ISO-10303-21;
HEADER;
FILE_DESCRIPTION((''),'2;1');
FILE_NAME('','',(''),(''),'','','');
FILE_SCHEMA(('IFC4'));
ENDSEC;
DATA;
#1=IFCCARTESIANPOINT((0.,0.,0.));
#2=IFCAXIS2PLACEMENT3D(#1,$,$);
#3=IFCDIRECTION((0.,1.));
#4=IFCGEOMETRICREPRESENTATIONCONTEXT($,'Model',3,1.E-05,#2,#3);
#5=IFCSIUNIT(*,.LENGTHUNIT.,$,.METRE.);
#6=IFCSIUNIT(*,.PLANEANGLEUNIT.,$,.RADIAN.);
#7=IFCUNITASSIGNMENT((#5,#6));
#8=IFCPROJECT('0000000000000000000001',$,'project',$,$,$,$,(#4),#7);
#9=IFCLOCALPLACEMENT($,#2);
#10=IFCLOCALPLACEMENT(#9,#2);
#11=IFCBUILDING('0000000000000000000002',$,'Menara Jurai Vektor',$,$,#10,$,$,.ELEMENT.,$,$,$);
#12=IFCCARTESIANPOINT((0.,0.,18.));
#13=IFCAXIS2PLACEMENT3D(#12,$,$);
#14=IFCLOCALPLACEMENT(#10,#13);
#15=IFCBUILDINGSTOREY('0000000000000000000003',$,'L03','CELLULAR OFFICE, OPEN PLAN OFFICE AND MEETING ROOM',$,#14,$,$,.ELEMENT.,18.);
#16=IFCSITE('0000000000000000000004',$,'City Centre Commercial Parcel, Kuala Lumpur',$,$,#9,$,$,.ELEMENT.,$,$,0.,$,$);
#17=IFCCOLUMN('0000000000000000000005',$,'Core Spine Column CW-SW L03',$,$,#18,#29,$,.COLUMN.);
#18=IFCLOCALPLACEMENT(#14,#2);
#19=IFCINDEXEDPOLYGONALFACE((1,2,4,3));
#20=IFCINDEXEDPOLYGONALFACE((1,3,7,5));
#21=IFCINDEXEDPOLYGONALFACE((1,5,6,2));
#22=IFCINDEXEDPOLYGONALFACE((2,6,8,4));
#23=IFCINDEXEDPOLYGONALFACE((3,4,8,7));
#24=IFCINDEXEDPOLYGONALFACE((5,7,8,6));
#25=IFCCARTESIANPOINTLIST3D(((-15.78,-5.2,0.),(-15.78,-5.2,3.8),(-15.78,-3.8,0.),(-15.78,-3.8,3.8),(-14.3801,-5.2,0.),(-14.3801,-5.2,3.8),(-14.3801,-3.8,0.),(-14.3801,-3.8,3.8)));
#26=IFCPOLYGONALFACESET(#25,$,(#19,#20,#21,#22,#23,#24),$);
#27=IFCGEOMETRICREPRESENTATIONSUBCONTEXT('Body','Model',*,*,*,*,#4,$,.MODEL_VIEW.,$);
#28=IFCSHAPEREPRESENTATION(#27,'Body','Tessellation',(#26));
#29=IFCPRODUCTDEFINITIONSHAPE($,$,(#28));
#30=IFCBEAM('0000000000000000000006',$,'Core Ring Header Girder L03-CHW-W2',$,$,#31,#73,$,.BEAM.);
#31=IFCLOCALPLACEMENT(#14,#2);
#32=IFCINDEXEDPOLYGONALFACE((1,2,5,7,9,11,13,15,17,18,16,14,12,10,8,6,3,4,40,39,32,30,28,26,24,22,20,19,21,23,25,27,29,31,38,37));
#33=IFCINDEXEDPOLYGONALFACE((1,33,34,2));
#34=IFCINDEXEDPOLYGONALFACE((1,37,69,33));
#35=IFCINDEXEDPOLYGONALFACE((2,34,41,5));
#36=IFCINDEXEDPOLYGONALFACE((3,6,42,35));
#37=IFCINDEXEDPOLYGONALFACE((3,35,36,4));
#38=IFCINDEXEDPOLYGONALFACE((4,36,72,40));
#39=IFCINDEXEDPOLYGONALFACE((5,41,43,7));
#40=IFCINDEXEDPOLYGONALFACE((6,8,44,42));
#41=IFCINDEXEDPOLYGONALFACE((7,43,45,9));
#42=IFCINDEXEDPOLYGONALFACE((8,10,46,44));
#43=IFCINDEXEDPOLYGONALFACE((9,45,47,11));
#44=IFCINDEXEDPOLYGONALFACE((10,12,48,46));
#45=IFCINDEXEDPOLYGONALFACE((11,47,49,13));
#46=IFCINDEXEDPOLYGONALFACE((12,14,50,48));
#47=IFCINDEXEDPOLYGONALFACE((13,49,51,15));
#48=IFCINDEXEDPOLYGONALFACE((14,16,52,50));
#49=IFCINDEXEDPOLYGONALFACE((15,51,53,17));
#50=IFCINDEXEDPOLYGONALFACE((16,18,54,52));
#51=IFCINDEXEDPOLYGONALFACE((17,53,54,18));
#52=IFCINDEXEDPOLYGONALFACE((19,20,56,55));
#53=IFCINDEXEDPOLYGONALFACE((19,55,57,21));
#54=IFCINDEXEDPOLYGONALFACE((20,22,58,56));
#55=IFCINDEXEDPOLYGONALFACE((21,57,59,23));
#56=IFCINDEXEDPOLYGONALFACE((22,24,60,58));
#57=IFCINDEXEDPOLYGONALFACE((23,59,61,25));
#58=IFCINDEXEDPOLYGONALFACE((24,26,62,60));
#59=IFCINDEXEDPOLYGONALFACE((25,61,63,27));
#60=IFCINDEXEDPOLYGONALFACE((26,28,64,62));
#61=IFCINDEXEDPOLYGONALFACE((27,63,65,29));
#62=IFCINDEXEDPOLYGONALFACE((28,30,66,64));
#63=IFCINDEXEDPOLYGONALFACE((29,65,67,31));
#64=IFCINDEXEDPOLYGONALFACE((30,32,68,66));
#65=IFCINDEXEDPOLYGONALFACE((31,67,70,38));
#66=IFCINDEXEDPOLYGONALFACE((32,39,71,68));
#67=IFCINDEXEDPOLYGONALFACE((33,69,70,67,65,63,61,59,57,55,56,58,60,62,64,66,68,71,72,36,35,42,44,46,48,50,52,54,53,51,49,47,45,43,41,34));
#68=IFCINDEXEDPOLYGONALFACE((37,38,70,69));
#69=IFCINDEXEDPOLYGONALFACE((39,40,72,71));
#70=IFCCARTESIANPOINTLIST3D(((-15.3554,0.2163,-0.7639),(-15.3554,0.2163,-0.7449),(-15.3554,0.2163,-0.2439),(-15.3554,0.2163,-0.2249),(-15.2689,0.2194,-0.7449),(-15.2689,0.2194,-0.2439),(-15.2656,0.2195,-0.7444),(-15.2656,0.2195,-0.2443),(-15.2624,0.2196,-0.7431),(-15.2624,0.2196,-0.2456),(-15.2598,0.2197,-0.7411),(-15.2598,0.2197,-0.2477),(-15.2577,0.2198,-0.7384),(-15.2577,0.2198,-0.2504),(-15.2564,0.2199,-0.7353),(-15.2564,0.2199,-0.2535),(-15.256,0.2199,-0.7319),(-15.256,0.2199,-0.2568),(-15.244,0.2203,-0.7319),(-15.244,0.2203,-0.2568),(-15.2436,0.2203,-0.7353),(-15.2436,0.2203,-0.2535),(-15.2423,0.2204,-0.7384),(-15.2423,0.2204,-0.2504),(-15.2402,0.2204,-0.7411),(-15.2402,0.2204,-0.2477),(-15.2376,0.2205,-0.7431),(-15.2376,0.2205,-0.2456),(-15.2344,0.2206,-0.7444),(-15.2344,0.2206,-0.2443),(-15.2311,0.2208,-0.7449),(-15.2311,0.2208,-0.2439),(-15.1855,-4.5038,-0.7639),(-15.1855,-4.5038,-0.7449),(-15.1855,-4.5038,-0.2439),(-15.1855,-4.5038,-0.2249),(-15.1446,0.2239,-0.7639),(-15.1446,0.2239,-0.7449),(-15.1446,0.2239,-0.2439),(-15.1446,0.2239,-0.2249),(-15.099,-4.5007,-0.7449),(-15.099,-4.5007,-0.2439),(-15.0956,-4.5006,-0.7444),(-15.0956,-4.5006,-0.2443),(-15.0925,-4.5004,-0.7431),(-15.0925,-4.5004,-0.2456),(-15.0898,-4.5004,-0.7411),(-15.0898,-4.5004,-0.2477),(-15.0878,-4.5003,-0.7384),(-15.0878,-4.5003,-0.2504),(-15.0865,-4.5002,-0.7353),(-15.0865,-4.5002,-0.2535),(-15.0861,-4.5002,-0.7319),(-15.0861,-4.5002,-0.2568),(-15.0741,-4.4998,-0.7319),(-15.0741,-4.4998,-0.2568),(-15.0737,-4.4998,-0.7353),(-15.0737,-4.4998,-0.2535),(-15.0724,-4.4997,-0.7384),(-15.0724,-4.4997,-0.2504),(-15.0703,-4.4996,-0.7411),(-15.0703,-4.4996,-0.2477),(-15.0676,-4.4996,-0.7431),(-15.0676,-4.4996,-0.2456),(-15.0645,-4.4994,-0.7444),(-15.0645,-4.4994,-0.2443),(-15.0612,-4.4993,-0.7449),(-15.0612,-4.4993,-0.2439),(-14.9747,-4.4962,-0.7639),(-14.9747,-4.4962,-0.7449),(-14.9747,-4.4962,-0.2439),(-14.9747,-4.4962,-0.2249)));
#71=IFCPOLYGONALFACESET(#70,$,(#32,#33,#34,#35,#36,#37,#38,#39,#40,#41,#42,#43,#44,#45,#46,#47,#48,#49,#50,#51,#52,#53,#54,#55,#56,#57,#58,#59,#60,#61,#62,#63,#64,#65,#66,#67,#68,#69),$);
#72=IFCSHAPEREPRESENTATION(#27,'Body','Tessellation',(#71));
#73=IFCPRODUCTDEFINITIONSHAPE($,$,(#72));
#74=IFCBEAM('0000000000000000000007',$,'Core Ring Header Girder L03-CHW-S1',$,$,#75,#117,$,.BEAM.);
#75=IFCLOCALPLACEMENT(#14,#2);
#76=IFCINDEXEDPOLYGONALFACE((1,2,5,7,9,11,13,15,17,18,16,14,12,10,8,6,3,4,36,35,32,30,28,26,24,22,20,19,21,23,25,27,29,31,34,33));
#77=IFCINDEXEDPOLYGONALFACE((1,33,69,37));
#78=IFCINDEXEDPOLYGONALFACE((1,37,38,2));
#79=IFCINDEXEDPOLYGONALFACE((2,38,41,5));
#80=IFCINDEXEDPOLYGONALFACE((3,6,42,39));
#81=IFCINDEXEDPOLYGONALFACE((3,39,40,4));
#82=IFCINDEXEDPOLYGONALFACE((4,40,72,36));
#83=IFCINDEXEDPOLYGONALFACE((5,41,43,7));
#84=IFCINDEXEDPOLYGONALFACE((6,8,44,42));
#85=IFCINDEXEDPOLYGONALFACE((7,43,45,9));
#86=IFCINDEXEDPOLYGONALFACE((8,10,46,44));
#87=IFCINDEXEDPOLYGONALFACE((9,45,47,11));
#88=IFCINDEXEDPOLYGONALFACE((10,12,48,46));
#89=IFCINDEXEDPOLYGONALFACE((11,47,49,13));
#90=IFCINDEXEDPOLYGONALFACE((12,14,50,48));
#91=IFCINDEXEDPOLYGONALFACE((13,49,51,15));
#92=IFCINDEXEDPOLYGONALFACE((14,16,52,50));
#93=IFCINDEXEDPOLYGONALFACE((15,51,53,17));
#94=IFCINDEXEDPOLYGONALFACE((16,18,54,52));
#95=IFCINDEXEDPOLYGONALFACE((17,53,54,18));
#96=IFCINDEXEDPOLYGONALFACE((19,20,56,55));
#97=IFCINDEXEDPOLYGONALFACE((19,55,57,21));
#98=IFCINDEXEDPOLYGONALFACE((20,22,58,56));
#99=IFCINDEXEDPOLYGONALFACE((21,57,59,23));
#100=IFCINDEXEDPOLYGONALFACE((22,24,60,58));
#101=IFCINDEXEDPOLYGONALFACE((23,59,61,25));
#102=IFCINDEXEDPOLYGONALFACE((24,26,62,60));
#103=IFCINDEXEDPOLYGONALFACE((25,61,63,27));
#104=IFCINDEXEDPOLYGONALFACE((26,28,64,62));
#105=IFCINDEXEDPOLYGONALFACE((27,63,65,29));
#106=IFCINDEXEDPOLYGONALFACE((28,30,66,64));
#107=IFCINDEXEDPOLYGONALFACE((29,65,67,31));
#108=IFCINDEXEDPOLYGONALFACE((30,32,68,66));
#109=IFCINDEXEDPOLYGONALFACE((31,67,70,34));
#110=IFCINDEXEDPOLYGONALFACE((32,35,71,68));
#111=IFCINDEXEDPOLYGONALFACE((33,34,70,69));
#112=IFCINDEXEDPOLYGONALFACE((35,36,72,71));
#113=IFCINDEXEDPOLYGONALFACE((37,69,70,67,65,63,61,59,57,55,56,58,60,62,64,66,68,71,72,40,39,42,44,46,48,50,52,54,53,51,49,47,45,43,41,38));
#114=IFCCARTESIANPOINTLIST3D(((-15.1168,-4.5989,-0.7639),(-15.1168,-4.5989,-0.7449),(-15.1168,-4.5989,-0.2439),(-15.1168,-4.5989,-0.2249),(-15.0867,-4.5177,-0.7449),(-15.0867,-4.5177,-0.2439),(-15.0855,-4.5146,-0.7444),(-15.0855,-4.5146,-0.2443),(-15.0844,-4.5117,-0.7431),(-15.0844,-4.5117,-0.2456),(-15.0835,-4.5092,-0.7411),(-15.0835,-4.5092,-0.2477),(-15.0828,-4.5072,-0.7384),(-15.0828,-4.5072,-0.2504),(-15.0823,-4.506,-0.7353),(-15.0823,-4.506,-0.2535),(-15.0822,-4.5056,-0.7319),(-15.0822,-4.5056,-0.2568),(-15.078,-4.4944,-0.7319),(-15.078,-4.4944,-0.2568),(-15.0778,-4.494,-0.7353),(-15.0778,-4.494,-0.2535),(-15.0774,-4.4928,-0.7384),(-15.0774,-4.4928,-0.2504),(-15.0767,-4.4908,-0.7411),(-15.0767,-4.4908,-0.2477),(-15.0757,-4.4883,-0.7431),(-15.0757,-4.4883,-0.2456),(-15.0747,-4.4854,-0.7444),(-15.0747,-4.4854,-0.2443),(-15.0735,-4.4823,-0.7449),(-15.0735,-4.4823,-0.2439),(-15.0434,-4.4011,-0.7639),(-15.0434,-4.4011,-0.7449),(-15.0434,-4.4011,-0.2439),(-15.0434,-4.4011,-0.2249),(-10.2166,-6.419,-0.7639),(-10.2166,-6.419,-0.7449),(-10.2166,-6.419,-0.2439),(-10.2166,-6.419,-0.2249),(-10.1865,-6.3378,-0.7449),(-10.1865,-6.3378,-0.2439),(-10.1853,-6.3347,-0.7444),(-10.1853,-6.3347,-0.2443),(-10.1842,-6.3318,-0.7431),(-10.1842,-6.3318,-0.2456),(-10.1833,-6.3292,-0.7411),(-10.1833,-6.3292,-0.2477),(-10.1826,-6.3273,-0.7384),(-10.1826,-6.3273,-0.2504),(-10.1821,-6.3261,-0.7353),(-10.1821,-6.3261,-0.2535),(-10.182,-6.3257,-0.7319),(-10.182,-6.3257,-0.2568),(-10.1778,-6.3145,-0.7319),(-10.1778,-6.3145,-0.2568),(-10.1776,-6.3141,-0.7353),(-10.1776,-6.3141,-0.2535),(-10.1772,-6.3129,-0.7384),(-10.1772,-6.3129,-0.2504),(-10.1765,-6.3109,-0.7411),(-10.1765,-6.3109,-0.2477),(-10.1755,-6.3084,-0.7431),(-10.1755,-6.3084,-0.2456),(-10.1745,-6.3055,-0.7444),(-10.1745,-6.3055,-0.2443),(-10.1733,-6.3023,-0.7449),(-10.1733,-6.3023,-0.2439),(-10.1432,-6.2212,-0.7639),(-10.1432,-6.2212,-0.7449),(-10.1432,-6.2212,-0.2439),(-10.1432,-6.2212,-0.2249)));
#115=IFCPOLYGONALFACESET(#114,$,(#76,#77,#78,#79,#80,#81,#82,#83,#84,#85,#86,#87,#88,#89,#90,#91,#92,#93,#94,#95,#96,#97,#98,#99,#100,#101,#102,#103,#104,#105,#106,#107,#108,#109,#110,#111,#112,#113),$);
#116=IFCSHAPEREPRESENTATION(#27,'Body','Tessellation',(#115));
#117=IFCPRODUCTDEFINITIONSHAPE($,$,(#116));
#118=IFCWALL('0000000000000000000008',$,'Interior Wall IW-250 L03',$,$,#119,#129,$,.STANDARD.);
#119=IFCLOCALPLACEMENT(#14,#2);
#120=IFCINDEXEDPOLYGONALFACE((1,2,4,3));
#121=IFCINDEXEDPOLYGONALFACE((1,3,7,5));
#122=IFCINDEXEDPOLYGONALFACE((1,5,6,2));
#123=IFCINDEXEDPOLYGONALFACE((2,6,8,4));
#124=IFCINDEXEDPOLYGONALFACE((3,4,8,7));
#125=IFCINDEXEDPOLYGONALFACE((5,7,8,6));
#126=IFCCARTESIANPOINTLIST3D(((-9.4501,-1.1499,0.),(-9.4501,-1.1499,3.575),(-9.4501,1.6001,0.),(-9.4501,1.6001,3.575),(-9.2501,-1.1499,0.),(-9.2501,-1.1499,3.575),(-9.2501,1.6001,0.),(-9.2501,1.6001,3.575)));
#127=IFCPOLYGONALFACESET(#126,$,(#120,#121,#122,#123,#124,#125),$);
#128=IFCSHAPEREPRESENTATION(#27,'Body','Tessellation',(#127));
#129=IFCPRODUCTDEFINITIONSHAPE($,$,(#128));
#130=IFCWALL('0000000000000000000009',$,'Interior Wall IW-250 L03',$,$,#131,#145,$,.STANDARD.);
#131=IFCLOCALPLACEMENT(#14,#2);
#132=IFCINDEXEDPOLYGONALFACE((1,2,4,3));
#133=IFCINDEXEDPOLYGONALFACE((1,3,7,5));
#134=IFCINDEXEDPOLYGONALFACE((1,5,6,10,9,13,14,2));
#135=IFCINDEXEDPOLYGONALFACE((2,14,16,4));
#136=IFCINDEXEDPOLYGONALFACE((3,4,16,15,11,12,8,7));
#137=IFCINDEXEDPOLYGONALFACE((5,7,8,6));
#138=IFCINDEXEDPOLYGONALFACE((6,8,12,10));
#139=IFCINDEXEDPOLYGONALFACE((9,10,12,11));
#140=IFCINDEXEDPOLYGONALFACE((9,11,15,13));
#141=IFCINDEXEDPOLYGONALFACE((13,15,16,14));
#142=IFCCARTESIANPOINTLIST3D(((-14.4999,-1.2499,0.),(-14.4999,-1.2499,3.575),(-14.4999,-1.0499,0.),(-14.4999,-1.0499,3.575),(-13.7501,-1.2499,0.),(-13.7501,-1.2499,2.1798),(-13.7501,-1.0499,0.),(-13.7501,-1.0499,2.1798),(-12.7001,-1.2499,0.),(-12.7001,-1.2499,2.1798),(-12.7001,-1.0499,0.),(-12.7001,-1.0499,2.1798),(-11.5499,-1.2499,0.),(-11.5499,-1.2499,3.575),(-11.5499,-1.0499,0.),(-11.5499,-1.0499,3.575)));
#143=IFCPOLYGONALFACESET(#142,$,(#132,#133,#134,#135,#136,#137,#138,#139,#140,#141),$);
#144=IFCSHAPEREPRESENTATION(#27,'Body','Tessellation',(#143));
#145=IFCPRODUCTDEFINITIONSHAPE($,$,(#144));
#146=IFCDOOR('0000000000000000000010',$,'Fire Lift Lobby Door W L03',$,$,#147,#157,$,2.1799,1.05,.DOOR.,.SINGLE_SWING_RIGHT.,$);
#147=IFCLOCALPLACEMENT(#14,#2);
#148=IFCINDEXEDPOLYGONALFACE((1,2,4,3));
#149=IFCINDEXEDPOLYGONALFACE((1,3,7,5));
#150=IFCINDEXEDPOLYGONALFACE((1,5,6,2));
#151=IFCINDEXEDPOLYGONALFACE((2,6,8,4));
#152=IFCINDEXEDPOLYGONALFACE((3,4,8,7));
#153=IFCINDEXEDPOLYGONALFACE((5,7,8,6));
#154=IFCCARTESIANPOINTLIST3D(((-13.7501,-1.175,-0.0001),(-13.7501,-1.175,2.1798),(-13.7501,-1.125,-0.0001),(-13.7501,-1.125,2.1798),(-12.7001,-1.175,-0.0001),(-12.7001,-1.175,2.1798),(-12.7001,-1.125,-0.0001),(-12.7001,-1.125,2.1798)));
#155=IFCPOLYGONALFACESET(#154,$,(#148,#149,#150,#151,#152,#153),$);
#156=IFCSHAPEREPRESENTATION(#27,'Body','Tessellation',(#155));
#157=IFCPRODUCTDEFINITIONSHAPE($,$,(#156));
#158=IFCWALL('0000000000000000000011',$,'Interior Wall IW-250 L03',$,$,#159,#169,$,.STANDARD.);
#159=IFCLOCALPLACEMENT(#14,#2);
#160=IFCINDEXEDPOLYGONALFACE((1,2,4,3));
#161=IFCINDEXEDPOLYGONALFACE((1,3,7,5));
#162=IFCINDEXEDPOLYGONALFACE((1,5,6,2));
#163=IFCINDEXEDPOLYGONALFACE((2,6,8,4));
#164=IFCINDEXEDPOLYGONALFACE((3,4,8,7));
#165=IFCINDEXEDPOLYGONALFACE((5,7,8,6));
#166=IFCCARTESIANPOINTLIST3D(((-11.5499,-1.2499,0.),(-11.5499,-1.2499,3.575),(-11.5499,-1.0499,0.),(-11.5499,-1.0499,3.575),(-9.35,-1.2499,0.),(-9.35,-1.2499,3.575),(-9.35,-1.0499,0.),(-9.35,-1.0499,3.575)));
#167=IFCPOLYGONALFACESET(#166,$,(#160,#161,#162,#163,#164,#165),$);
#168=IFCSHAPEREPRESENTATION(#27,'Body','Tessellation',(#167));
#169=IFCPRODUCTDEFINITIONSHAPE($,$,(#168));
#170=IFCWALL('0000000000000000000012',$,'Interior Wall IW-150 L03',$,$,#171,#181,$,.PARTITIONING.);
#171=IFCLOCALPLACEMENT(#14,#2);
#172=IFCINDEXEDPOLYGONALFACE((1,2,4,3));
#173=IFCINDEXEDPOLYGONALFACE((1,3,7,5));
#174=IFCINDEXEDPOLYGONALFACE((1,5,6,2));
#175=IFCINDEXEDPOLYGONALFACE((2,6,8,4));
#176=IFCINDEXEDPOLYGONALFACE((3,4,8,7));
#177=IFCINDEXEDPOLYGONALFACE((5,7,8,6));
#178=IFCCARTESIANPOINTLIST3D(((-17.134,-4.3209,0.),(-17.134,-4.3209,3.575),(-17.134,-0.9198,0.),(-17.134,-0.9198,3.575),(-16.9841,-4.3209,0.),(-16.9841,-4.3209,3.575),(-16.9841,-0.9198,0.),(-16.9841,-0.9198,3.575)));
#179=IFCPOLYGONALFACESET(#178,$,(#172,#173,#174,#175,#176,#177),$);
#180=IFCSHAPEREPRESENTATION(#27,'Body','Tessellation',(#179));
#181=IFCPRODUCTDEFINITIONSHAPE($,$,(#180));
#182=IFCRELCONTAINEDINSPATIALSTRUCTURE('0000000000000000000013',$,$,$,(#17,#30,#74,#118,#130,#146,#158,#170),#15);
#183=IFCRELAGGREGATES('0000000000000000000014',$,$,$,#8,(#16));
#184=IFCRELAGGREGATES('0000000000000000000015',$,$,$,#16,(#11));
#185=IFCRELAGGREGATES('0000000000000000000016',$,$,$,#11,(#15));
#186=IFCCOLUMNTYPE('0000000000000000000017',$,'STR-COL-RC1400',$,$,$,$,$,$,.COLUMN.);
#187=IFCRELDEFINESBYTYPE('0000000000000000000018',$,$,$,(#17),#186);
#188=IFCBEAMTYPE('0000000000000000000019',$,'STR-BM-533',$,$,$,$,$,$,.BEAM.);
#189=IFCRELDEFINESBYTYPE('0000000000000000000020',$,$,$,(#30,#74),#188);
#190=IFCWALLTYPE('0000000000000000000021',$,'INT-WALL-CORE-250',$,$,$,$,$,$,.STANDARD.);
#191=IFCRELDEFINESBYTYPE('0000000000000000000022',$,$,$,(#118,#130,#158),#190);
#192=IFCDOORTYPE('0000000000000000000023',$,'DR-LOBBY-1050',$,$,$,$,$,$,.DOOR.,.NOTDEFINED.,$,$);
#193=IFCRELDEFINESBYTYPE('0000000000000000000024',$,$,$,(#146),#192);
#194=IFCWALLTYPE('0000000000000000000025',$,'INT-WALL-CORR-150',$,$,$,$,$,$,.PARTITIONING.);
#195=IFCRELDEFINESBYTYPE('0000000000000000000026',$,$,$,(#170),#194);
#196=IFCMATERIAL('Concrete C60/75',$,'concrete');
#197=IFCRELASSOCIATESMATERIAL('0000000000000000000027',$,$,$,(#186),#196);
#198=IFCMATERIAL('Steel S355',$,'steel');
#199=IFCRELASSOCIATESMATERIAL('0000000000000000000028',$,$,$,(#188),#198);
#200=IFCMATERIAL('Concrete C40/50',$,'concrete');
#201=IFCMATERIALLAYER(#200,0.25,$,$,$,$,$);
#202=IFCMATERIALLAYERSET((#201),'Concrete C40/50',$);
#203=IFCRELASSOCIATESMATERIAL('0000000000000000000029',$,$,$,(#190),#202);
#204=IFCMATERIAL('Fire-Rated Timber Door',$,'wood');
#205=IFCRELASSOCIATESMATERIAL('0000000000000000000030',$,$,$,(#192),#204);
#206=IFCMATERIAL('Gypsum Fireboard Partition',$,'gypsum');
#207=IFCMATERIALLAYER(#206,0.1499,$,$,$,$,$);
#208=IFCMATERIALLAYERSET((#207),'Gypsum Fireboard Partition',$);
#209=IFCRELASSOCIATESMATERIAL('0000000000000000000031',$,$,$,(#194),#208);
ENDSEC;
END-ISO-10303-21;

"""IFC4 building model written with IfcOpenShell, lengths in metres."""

from ifc_helpers import new_model, si_unit, direction, frame, frame_2d, origin, origin_2d, place, context, subcontext, project, spatial, rectangle, i_section, extrude, material, layer, layer_set, material_profile, profile_set, type_object, element, fill, save


model = new_model("IFC4")

# Units and contexts
model_context = context("Model", 3, precision=1e-05, world=origin(), true_north=direction((0.0, 1.0)))
body_context = subcontext(model_context, "Body", "Model", "MODEL_VIEW")
ifc_project = project(units=[si_unit("LENGTHUNIT", "METRE"), si_unit("PLANEANGLEUNIT", "RADIAN")], contexts=[model_context])

# Site, building, storey
site_placement = place(None, origin())
site = spatial("IfcSite", under=ifc_project, at=site_placement, Name="City Centre Commercial Parcel, Kuala Lumpur", CompositionType="ELEMENT", RefElevation=0.0)
building_placement = place(site_placement, origin())
building = spatial("IfcBuilding", under=site, at=building_placement, Name="Menara Jurai Vektor", CompositionType="ELEMENT")
storey_placement = place(building_placement, frame((0.0, 0.0, 18.0)))
storey = spatial("IfcBuildingStorey", under=building, at=storey_placement, Name="L03", Description="CELLULAR OFFICE, OPEN PLAN OFFICE AND MEETING ROOM", CompositionType="ELEMENT", Elevation=18.0)

# Column
ifc_material_1 = material(Name="Concrete C60/75", Category="concrete")
ifc_material_profile_1 = material_profile(ifc_material_1, rectangle(XDim=1.3999, YDim=1.3999, at=origin_2d()), Name="RC 1400x1400")
ifc_profile_set_1 = profile_set([ifc_material_profile_1], Name="Concrete C60/75")
column_type = type_object("IfcColumnType", Name="STR-COL-RC1400", PredefinedType="COLUMN", material=ifc_profile_set_1)
column_placement = place(storey_placement, frame((-15.0801, -4.5, 0.0), z_axis=(0.0, 0.0, 1.0), x_axis=(1.0, 0.0, 0.0)))
element("IfcColumn", 1, at=column_placement, inside=storey, type_object=column_type, Name="Core Spine Column CW-SW L03", PredefinedType="COLUMN", context=body_context, shape_type="SweptSolid", body=[
    extrude(rectangle(XDim=1.3999, YDim=1.3999, at=origin_2d()), origin(), (0.0, 0.0, 1.0), 3.8),
])

# Beams
ifc_material_2 = material(Name="Steel S355", Category="steel")
ifc_material_profile_2 = material_profile(ifc_material_2, i_section(OverallWidth=0.2109, OverallDepth=0.5391, WebThickness=0.012, FlangeThickness=0.019, FilletRadius=0.0129, at=origin_2d()), Name="UKB 533x210x109")
ifc_profile_set_2 = profile_set([ifc_material_profile_2], Name="Steel S355")
beam_type = type_object("IfcBeamType", Name="STR-BM-533", PredefinedType="BEAM", material=ifc_profile_set_2)
beam_1_placement = place(storey_placement, frame((-15.0801, -4.5, -0.4944), z_axis=(-0.035977, 0.999353, 0.0), x_axis=(-0.999353, -0.035977, 0.0)))
element("IfcBeam", 2, at=beam_1_placement, inside=storey, type_object=beam_type, Name="Core Ring Header Girder L03-CHW-W2", PredefinedType="BEAM", context=body_context, shape_type="SweptSolid", body=[
    extrude(i_section(OverallWidth=0.2109, OverallDepth=0.5391, WebThickness=0.012, FlangeThickness=0.019, FilletRadius=0.0129, at=origin_2d()), origin(), (0.0, 0.0, 1.0), 4.7231),
])
beam_2_placement = place(storey_placement, frame((-15.0801, -4.5, -0.4944), z_axis=(0.937424, -0.348189, 0.0), x_axis=(0.348189, 0.937424, 0.0)))
element("IfcBeam", 3, at=beam_2_placement, inside=storey, type_object=beam_type, Name="Core Ring Header Girder L03-CHW-S1", PredefinedType="BEAM", context=body_context, shape_type="SweptSolid", body=[
    extrude(i_section(OverallWidth=0.2109, OverallDepth=0.5391, WebThickness=0.012, FlangeThickness=0.019, FilletRadius=0.0129, at=origin_2d()), origin(), (0.0, 0.0, 1.0), 5.2273),
])

# Shared definitions
ifc_material_3 = material(Name="Concrete C40/50", Category="concrete")
ifc_layer_1 = layer(ifc_material_3, 0.25)
ifc_layer_set_1 = layer_set([ifc_layer_1], Name="Concrete C40/50")
wall_type_1 = type_object("IfcWallType", Name="INT-WALL-CORE-250", PredefinedType="STANDARD", material=ifc_layer_set_1)

# Wall
wall_1_placement = place(storey_placement, frame((-9.3501, -1.1499, 0.0), z_axis=(0.0, 0.0, 1.0), x_axis=(0.0, 1.0, 0.0)))
element("IfcWall", 4, at=wall_1_placement, inside=storey, type_object=wall_type_1, Name="Interior Wall IW-250 L03", PredefinedType="STANDARD", context=body_context, shape_type="SweptSolid", body=[
    extrude(rectangle(XDim=2.75, YDim=0.2, at=frame_2d((1.375, 0.0))), origin(), (0.0, 0.0, 1.0), 3.575),
])

# Wall, opening, door
wall_2_placement = place(storey_placement, frame((-14.5, -1.1499, 0.0), z_axis=(0.0, 0.0, 1.0), x_axis=(1.0, 0.0, 0.0)))
wall_2 = element("IfcWall", 5, at=wall_2_placement, inside=storey, type_object=wall_type_1, Name="Interior Wall IW-250 L03", PredefinedType="STANDARD", context=body_context, shape_type="SweptSolid", body=[
    extrude(rectangle(XDim=2.95, YDim=0.2, at=frame_2d((1.4751, 0.0))), origin(), (0.0, 0.0, 1.0), 3.575),
])
opening_1_placement = place(wall_2_placement, frame((0.75, 0.0, 0.0)))
opening_1 = element("IfcOpeningElement", 6, at=opening_1_placement, cuts=wall_2, PredefinedType="OPENING", context=body_context, shape_type="SweptSolid", body=[
    extrude(rectangle(XDim=1.05, YDim=2.1799, at=frame_2d((0.5249, 1.0898))), frame((0.0, 0.1099, 0.0), z_axis=(0.0, -1.0, 0.0), x_axis=(1.0, 0.0, 0.0)), (0.0, 0.0, 1.0), 0.22),
])
ifc_material_4 = material(Name="Fire-Rated Timber Door", Category="wood")
door_type_1 = type_object("IfcDoorType", Name="DR-LOBBY-1050", OperationType="NOTDEFINED", PredefinedType="DOOR", material=ifc_material_4)
door_1_placement = place(opening_1_placement, origin())
door_1 = element("IfcDoor", 7, at=door_1_placement, inside=storey, type_object=door_type_1, Name="Fire Lift Lobby Door W L03", OperationType="SINGLE_SWING_RIGHT", OverallHeight=2.1799, OverallWidth=1.05, PredefinedType="DOOR", context=body_context, shape_type="SweptSolid", body=[
    extrude(rectangle(XDim=1.05, YDim=2.1799, at=frame_2d((0.5249, 1.0898))), frame((0.0, 0.0249, 0.0), z_axis=(0.0, -1.0, 0.0), x_axis=(1.0, 0.0, 0.0)), (0.0, 0.0, 1.0), 0.05),
])
fill(opening_1, door_1)

# Walls
wall_3_placement = place(storey_placement, frame((-11.55, -1.1499, 0.0), z_axis=(0.0, 0.0, 1.0), x_axis=(1.0, 0.0, 0.0)))
element("IfcWall", 8, at=wall_3_placement, inside=storey, type_object=wall_type_1, Name="Interior Wall IW-250 L03", PredefinedType="STANDARD", context=body_context, shape_type="SweptSolid", body=[
    extrude(rectangle(XDim=2.2, YDim=0.2, at=frame_2d((1.1001, 0.0))), origin(), (0.0, 0.0, 1.0), 3.575),
])
ifc_material_5 = material(Name="Gypsum Fireboard Partition", Category="gypsum")
ifc_layer_2 = layer(ifc_material_5, 0.1499)
ifc_layer_set_2 = layer_set([ifc_layer_2], Name="Gypsum Fireboard Partition")
wall_type_2 = type_object("IfcWallType", Name="INT-WALL-CORR-150", PredefinedType="PARTITIONING", material=ifc_layer_set_2)
wall_4_placement = place(storey_placement, frame((-17.0591, -4.321, 0.0), z_axis=(0.0, 0.0, 1.0), x_axis=(0.0, 1.0, 0.0)))
element("IfcWall", 9, at=wall_4_placement, inside=storey, type_object=wall_type_2, Name="Interior Wall IW-150 L03", PredefinedType="PARTITIONING", context=body_context, shape_type="SweptSolid", body=[
    extrude(rectangle(XDim=3.4011, YDim=0.1499, at=frame_2d((1.7007, 0.0))), origin(), (0.0, 0.0, 1.0), 3.575),
])

save(model, "model.ifc")
